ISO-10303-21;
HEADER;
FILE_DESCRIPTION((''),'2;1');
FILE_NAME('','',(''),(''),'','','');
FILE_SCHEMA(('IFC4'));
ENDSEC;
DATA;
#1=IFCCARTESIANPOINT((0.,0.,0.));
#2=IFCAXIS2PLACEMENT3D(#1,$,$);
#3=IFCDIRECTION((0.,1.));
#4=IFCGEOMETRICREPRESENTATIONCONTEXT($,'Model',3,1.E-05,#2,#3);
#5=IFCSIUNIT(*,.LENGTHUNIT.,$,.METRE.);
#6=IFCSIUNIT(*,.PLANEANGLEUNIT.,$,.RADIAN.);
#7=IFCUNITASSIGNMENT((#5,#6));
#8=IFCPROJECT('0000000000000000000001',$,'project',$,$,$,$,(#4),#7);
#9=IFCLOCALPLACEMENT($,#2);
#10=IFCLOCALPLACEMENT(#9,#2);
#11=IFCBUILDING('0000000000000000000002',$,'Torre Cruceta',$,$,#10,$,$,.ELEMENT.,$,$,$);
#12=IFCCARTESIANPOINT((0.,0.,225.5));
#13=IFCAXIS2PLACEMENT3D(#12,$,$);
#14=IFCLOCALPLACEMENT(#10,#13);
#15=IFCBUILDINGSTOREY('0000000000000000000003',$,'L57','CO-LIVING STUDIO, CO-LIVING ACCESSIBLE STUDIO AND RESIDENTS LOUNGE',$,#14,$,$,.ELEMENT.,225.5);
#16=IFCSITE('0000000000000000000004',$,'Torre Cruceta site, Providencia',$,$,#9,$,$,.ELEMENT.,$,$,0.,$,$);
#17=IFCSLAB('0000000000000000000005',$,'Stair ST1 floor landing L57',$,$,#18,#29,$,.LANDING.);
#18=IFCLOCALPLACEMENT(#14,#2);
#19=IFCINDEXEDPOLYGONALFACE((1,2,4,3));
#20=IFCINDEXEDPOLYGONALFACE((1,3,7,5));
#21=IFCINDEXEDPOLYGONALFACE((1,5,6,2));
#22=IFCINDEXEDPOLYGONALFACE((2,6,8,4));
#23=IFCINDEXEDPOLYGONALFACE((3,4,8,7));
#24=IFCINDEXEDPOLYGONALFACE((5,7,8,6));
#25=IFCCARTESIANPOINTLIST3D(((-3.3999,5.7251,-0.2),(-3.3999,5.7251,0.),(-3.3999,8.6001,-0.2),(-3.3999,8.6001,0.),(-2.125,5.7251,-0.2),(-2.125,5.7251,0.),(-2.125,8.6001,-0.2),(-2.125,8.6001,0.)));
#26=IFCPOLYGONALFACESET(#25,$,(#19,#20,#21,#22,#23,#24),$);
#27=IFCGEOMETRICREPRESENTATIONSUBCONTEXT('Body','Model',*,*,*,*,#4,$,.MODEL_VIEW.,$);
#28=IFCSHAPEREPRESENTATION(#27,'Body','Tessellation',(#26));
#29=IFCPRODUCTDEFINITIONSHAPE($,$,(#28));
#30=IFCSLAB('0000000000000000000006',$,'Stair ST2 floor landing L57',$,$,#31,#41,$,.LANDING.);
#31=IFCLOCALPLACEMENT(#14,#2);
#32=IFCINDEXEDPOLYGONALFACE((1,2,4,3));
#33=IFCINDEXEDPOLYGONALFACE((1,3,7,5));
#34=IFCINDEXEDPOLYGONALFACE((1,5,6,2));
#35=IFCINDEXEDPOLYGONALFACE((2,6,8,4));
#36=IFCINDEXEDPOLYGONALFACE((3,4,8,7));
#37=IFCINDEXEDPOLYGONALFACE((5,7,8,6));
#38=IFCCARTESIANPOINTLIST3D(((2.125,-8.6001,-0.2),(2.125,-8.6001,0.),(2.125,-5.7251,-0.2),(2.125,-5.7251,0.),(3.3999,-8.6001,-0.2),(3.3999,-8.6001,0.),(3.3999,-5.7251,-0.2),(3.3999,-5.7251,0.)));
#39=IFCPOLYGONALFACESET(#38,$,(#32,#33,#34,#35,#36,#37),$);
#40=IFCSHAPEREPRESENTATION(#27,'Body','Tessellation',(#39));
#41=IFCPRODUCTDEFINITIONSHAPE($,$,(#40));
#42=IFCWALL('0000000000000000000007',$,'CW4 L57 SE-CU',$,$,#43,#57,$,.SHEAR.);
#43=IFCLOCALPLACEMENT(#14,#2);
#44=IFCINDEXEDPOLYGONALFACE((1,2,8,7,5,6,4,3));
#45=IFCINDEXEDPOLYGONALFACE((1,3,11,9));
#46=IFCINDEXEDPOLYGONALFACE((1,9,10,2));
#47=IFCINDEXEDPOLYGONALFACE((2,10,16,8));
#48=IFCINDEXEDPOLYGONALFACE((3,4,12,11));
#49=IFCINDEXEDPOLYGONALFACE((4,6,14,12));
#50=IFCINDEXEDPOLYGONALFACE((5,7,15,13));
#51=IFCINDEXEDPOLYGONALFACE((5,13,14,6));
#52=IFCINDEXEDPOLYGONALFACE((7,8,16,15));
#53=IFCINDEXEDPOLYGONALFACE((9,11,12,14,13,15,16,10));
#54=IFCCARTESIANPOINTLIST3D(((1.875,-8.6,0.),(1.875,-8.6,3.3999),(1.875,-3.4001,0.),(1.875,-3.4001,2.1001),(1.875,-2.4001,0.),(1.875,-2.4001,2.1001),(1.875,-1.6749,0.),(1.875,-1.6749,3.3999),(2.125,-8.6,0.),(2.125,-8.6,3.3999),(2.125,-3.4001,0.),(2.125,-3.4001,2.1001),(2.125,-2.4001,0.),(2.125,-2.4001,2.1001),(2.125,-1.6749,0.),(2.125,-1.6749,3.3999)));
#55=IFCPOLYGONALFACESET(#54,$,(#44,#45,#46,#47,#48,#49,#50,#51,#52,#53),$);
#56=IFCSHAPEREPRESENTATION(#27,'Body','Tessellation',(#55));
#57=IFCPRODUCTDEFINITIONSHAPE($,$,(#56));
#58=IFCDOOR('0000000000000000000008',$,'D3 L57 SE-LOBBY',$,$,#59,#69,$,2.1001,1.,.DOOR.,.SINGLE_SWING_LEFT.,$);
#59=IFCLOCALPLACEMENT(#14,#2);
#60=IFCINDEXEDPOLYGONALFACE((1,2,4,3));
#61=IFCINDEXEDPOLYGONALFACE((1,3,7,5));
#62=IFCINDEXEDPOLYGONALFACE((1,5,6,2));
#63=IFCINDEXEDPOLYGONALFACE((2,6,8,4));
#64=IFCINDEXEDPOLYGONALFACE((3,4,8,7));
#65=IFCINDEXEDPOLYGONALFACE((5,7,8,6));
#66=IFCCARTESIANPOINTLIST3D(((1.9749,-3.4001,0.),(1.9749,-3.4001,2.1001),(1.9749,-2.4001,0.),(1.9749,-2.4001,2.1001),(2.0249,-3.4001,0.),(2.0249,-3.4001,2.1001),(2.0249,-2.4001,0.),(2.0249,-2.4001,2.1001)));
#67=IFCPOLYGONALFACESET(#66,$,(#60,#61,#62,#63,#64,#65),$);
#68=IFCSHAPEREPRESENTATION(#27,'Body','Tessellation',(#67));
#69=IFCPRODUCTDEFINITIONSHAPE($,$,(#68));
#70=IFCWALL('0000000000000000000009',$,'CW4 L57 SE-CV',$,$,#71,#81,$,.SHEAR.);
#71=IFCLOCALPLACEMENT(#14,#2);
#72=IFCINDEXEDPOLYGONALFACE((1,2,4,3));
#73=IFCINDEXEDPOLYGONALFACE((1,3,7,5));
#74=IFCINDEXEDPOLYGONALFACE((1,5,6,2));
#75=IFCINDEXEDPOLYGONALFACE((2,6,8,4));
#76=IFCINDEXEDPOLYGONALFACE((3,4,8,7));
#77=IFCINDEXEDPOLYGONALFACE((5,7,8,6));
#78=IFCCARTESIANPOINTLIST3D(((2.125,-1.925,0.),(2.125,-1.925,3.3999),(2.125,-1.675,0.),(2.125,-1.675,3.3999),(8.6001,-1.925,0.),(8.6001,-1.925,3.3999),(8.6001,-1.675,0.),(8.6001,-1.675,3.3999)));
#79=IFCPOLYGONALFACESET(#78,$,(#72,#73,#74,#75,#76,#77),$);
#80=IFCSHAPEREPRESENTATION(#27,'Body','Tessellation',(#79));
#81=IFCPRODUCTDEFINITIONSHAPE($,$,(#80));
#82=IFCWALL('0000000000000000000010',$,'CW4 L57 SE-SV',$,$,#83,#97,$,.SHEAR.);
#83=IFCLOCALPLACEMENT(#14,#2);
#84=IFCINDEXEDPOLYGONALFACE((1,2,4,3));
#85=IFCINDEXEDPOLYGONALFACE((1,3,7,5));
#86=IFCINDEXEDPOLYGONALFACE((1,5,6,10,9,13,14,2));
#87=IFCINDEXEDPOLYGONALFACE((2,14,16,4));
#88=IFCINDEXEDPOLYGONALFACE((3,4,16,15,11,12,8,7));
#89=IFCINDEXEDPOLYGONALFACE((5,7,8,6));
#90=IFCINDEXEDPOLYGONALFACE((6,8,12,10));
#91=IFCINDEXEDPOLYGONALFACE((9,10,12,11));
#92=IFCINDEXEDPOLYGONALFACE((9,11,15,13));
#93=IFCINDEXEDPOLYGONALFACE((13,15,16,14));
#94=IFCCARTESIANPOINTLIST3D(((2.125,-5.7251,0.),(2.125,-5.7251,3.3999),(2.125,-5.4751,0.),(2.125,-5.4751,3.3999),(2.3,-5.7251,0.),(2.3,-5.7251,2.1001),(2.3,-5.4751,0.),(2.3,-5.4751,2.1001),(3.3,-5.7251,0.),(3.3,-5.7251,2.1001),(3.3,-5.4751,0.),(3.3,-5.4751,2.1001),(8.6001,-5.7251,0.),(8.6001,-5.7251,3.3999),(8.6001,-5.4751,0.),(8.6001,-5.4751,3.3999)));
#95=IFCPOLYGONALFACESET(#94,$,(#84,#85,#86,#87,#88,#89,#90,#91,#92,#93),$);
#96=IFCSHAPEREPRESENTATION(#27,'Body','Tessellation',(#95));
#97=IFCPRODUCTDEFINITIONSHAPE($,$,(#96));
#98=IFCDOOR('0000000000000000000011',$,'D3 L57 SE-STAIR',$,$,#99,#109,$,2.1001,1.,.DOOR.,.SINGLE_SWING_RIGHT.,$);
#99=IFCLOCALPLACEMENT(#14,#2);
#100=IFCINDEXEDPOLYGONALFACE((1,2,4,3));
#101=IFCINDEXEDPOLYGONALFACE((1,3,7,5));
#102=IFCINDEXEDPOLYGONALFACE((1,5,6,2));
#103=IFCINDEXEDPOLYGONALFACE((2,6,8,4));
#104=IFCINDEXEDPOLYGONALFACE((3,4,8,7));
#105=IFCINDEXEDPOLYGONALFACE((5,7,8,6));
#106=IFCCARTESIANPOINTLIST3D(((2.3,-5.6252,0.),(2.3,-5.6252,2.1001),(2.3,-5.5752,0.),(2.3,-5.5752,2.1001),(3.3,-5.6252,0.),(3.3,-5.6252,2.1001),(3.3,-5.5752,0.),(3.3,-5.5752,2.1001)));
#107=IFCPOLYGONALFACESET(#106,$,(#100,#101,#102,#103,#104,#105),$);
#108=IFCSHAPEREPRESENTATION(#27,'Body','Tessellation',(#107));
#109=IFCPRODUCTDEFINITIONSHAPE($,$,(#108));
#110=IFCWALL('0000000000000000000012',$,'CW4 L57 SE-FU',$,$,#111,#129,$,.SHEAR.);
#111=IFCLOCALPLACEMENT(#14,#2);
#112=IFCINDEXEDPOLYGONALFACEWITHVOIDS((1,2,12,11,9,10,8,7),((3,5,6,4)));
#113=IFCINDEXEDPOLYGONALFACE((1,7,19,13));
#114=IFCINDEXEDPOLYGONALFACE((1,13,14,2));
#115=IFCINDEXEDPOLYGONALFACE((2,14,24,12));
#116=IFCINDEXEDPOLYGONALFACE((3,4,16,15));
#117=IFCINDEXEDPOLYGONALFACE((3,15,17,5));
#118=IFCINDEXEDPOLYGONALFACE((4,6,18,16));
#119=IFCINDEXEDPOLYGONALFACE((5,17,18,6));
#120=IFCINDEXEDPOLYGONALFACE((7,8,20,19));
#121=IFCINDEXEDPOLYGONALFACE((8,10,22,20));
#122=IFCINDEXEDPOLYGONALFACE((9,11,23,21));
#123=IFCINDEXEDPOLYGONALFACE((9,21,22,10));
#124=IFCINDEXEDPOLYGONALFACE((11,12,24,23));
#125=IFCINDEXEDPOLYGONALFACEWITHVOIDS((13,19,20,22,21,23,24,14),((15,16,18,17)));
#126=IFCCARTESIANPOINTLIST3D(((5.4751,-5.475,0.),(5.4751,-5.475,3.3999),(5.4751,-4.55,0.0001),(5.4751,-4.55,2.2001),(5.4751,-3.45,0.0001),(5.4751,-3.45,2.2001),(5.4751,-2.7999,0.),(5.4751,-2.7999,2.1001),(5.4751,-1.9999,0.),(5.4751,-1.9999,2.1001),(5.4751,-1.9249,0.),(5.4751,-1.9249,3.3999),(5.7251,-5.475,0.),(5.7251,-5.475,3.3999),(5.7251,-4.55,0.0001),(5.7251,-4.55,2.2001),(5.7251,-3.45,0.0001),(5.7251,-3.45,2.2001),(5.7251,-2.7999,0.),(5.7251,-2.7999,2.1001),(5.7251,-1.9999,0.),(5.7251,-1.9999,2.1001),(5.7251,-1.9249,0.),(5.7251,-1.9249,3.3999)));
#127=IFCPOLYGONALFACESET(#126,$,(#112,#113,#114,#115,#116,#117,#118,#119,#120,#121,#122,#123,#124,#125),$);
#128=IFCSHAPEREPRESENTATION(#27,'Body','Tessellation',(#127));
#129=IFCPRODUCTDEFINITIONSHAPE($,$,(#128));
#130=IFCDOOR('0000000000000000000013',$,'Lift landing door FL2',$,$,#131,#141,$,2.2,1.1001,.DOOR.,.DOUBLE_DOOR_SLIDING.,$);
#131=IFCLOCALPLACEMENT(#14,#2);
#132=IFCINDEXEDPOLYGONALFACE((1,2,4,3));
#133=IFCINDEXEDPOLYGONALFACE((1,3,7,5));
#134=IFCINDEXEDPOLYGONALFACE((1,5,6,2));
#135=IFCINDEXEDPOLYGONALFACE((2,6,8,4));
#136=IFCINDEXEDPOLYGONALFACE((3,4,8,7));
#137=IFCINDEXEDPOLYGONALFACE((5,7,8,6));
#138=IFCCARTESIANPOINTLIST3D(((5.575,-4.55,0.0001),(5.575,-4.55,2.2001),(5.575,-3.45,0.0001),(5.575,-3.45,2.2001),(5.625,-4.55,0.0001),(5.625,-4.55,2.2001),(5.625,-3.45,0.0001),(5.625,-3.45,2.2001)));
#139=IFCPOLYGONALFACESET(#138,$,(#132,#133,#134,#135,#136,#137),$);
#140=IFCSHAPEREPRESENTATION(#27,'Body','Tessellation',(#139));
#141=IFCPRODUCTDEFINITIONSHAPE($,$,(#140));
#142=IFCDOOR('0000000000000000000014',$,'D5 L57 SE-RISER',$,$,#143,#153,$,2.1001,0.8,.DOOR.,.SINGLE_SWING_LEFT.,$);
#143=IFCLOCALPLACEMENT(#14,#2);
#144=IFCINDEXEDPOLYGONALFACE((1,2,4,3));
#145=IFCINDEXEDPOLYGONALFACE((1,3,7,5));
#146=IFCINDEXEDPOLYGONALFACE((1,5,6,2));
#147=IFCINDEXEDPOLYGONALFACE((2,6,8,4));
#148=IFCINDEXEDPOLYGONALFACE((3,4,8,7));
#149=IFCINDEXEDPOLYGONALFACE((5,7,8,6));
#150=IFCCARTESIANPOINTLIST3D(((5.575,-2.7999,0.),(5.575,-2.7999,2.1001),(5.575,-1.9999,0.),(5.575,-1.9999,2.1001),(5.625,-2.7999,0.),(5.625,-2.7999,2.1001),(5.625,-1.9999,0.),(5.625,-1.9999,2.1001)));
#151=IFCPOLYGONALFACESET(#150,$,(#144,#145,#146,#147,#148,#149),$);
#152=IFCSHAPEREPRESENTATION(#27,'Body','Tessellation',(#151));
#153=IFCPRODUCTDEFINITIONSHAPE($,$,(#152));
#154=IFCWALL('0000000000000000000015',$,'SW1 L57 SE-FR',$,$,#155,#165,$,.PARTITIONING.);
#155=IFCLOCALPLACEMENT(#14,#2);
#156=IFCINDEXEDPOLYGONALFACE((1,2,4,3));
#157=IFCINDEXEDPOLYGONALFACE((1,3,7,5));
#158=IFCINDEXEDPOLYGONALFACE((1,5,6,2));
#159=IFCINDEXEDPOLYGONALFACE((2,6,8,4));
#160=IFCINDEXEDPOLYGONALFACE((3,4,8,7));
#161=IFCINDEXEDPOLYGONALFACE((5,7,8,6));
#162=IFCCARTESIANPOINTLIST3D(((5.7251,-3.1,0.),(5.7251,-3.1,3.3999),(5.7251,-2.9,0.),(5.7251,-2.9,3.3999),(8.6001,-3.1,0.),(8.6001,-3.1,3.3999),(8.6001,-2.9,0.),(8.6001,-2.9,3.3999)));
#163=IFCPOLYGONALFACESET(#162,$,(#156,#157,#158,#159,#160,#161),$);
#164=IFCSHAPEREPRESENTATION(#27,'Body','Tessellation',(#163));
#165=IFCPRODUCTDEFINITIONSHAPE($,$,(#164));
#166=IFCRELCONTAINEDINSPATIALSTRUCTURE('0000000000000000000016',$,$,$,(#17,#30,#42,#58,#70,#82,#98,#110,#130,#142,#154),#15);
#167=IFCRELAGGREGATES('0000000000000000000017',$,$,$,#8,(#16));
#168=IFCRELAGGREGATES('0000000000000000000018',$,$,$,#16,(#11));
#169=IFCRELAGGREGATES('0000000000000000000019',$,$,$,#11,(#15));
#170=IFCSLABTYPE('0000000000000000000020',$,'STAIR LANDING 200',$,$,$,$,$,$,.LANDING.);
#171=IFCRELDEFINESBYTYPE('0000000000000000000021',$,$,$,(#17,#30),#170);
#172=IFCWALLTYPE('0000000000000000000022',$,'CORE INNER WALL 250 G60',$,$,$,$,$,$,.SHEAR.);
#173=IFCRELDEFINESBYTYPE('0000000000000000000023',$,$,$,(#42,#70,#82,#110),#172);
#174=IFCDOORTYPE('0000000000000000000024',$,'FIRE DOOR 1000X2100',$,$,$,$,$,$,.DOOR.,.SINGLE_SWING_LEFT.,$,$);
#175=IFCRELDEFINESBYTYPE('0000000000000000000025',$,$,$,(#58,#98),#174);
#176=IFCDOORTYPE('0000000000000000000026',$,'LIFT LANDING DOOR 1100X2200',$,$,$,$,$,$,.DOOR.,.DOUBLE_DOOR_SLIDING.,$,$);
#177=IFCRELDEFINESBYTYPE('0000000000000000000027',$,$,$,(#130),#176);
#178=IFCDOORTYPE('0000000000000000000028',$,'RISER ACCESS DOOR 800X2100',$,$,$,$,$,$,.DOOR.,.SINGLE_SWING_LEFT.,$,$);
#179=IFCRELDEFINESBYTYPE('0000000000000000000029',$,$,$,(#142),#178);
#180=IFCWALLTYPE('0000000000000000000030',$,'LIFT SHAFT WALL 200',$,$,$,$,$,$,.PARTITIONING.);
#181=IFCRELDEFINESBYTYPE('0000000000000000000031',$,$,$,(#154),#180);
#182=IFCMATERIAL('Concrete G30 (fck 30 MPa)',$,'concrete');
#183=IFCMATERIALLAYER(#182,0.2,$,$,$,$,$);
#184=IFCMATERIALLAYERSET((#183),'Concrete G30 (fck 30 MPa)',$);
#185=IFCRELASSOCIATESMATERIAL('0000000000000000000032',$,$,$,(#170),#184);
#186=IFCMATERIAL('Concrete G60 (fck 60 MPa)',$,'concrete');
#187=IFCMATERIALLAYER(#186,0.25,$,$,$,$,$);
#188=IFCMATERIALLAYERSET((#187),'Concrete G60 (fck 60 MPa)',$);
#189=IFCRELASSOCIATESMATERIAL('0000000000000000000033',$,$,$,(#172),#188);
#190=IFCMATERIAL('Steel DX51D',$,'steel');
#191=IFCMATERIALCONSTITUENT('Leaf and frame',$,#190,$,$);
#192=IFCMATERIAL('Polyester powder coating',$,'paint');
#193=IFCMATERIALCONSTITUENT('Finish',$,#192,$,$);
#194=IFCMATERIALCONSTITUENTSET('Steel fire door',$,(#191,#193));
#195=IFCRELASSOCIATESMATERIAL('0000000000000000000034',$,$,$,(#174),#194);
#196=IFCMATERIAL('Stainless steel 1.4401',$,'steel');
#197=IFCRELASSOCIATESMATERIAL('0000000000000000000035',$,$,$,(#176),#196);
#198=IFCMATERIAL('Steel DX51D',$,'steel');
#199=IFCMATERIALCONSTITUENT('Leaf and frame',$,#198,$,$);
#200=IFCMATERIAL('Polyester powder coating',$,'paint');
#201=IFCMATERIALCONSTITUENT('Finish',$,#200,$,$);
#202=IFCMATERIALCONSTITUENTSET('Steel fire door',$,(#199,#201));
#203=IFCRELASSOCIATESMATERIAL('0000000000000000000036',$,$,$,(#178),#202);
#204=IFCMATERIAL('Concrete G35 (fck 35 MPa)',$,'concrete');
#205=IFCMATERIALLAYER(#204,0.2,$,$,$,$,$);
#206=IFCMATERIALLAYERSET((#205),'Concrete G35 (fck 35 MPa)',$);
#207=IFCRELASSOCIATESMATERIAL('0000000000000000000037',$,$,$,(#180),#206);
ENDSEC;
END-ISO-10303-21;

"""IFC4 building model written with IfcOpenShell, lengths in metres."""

from ifc_helpers import new_model, si_unit, direction, frame, frame_2d, origin, place, context, subcontext, project, spatial, polyline, rectangle, outline, extrude, material, layer, layer_set, constituent, constituent_set, type_object, element, fill, save


model = new_model("IFC4")

# Units and contexts
model_context = context("Model", 3, precision=1e-05, world=origin(), true_north=direction((0.0, 1.0)))
body_context = subcontext(model_context, "Body", "Model", "MODEL_VIEW")
ifc_project = project(units=[si_unit("LENGTHUNIT", "METRE"), si_unit("PLANEANGLEUNIT", "RADIAN")], contexts=[model_context])

# Site, building, storey
site_placement = place(None, origin())
site = spatial("IfcSite", under=ifc_project, at=site_placement, Name="Torre Cruceta site, Providencia", CompositionType="ELEMENT", RefElevation=0.0)
building_placement = place(site_placement, origin())
building = spatial("IfcBuilding", under=site, at=building_placement, Name="Torre Cruceta", CompositionType="ELEMENT")
storey_placement = place(building_placement, frame((0.0, 0.0, 225.5)))
storey = spatial("IfcBuildingStorey", under=building, at=storey_placement, Name="L57", Description="CO-LIVING STUDIO, CO-LIVING ACCESSIBLE STUDIO AND RESIDENTS LOUNGE", CompositionType="ELEMENT", Elevation=225.5)

# Shared definitions
ifc_material_1 = material(Name="Concrete G30 (fck 30 MPa)", Category="concrete")
ifc_layer_1 = layer(ifc_material_1, 0.2)
ifc_layer_set_1 = layer_set([ifc_layer_1], Name="Concrete G30 (fck 30 MPa)")
slab_type_1 = type_object("IfcSlabType", Name="STAIR LANDING 200", PredefinedType="LANDING", material=ifc_layer_set_1)

# Slabs
slab_1_placement = place(storey_placement, frame((0.0, 0.0, -0.2)))
element("IfcSlab", 1, at=slab_1_placement, inside=storey, type_object=slab_type_1, Name="Stair ST1 floor landing L57", PredefinedType="LANDING", context=body_context, shape_type="SweptSolid", body=[
    extrude(outline(polyline([(-2.125, 8.6001), (-2.125, 5.7251), (-3.3999, 5.7251), (-3.3999, 8.6001), (-2.125, 8.6001)])), origin(), (0.0, 0.0, 1.0), 0.2),
])
slab_2_placement = place(storey_placement, frame((0.0, 0.0, -0.2)))
element("IfcSlab", 2, at=slab_2_placement, inside=storey, type_object=slab_type_1, Name="Stair ST2 floor landing L57", PredefinedType="LANDING", context=body_context, shape_type="SweptSolid", body=[
    extrude(outline(polyline([(2.125, -8.6001), (2.125, -5.7251), (3.3999, -5.7251), (3.3999, -8.6001), (2.125, -8.6001)])), origin(), (0.0, 0.0, 1.0), 0.2),
])

# Wall, opening, door
ifc_material_2 = material(Name="Concrete G60 (fck 60 MPa)", Category="concrete")
ifc_layer_2 = layer(ifc_material_2, 0.25)
ifc_layer_set_2 = layer_set([ifc_layer_2], Name="Concrete G60 (fck 60 MPa)")
wall_type_1 = type_object("IfcWallType", Name="CORE INNER WALL 250 G60", PredefinedType="SHEAR", material=ifc_layer_set_2)
wall_1_placement = place(storey_placement, frame((2.0, -1.675, 0.0), z_axis=(0.0, 0.0, 1.0), x_axis=(0.0, -1.0, 0.0)))
wall_1 = element("IfcWall", 3, at=wall_1_placement, inside=storey, type_object=wall_type_1, Name="CW4 L57 SE-CU", PredefinedType="SHEAR", context=body_context, shape_type="SweptSolid", body=[
    extrude(rectangle(XDim=6.925, YDim=0.25, at=frame_2d((3.4624, 0.0))), origin(), (0.0, 0.0, 1.0), 3.3999),
])
opening_1_placement = place(wall_1_placement, frame((0.7251, 0.0, 0.0)))
opening_1 = element("IfcOpeningElement", 4, at=opening_1_placement, cuts=wall_1, PredefinedType="OPENING", context=body_context, shape_type="SweptSolid", body=[
    extrude(rectangle(XDim=1.0, YDim=2.1001, at=frame_2d((0.5, 1.05))), frame((0.0, 0.135, 0.0), z_axis=(0.0, -1.0, 0.0), x_axis=(1.0, 0.0, 0.0)), (0.0, 0.0, 1.0), 0.27),
])
ifc_material_3 = material(Name="Steel DX51D", Category="steel")
ifc_constituent_1 = constituent(ifc_material_3, Name="Leaf and frame")
ifc_material_4 = material(Name="Polyester powder coating", Category="paint")
ifc_constituent_2 = constituent(ifc_material_4, Name="Finish")
ifc_constituent_set_1 = constituent_set(constituents=[ifc_constituent_1, ifc_constituent_2], Name="Steel fire door")
door_type_1 = type_object("IfcDoorType", Name="FIRE DOOR 1000X2100", OperationType="SINGLE_SWING_LEFT", PredefinedType="DOOR", material=ifc_constituent_set_1)
door_1_placement = place(opening_1_placement, origin())
door_1 = element("IfcDoor", 5, at=door_1_placement, inside=storey, type_object=door_type_1, Name="D3 L57 SE-LOBBY", OperationType="SINGLE_SWING_LEFT", OverallHeight=2.1001, OverallWidth=1.0, PredefinedType="DOOR", context=body_context, shape_type="SweptSolid", body=[
    extrude(rectangle(XDim=1.0, YDim=2.1001, at=frame_2d((0.5, 1.05))), frame((0.0, 0.0249, 0.0), z_axis=(0.0, -1.0, 0.0), x_axis=(1.0, 0.0, 0.0)), (0.0, 0.0, 1.0), 0.05),
])
fill(opening_1, door_1)

# Wall
wall_2_placement = place(storey_placement, frame((2.125, -1.8, 0.0), z_axis=(0.0, 0.0, 1.0), x_axis=(1.0, 0.0, 0.0)))
element("IfcWall", 6, at=wall_2_placement, inside=storey, type_object=wall_type_1, Name="CW4 L57 SE-CV", PredefinedType="SHEAR", context=body_context, shape_type="SweptSolid", body=[
    extrude(rectangle(XDim=6.4751, YDim=0.25, at=frame_2d((3.2375, 0.0))), origin(), (0.0, 0.0, 1.0), 3.3999),
])

# Wall, opening, door
wall_3_placement = place(storey_placement, frame((2.125, -5.6001, 0.0), z_axis=(0.0, 0.0, 1.0), x_axis=(1.0, 0.0, 0.0)))
wall_3 = element("IfcWall", 7, at=wall_3_placement, inside=storey, type_object=wall_type_1, Name="CW4 L57 SE-SV", PredefinedType="SHEAR", context=body_context, shape_type="SweptSolid", body=[
    extrude(rectangle(XDim=6.4751, YDim=0.25, at=frame_2d((3.2375, 0.0))), origin(), (0.0, 0.0, 1.0), 3.3999),
])
opening_2_placement = place(wall_3_placement, frame((0.175, 0.0, 0.0)))
opening_2 = element("IfcOpeningElement", 8, at=opening_2_placement, cuts=wall_3, PredefinedType="OPENING", context=body_context, shape_type="SweptSolid", body=[
    extrude(rectangle(XDim=1.0, YDim=2.1001, at=frame_2d((0.5, 1.05))), frame((0.0, 0.135, 0.0), z_axis=(0.0, -1.0, 0.0), x_axis=(1.0, 0.0, 0.0)), (0.0, 0.0, 1.0), 0.27),
])
door_2_placement = place(opening_2_placement, frame((1.0, 0.0, 0.0), z_axis=(0.0, 0.0, 1.0), x_axis=(-1.0, 0.0, 0.0)))
door_2 = element("IfcDoor", 9, at=door_2_placement, inside=storey, type_object=door_type_1, Name="D3 L57 SE-STAIR", OperationType="SINGLE_SWING_RIGHT", OverallHeight=2.1001, OverallWidth=1.0, PredefinedType="DOOR", context=body_context, shape_type="SweptSolid", body=[
    extrude(rectangle(XDim=1.0, YDim=2.1001, at=frame_2d((0.5, 1.05))), frame((0.0, 0.0251, 0.0), z_axis=(0.0, -1.0, 0.0), x_axis=(1.0, 0.0, 0.0)), (0.0, 0.0, 1.0), 0.05),
])
fill(opening_2, door_2)

# Wall, openings, doors
wall_4_placement = place(storey_placement, frame((5.6001, -1.925, 0.0), z_axis=(0.0, 0.0, 1.0), x_axis=(0.0, -1.0, 0.0)))
wall_4 = element("IfcWall", 10, at=wall_4_placement, inside=storey, type_object=wall_type_1, Name="CW4 L57 SE-FU", PredefinedType="SHEAR", context=body_context, shape_type="SweptSolid", body=[
    extrude(rectangle(XDim=3.55, YDim=0.25, at=frame_2d((1.7749, 0.0))), origin(), (0.0, 0.0, 1.0), 3.3999),
])
opening_3_placement = place(wall_4_placement, frame((1.5249, 0.0, 0.0)))
opening_3 = element("IfcOpeningElement", 11, at=opening_3_placement, cuts=wall_4, PredefinedType="OPENING", context=body_context, shape_type="SweptSolid", body=[
    extrude(rectangle(XDim=1.1001, YDim=2.2, at=frame_2d((0.55, 1.1001))), frame((0.0, 0.135, 0.0), z_axis=(0.0, -1.0, 0.0), x_axis=(1.0, 0.0, 0.0)), (0.0, 0.0, 1.0), 0.27),
])
opening_4_placement = place(wall_4_placement, frame((0.075, 0.0, 0.0)))
opening_4 = element("IfcOpeningElement", 12, at=opening_4_placement, cuts=wall_4, PredefinedType="OPENING", context=body_context, shape_type="SweptSolid", body=[
    extrude(rectangle(XDim=0.8, YDim=2.1001, at=frame_2d((0.3999, 1.05))), frame((0.0, 0.135, 0.0), z_axis=(0.0, -1.0, 0.0), x_axis=(1.0, 0.0, 0.0)), (0.0, 0.0, 1.0), 0.27),
])
ifc_material_5 = material(Name="Stainless steel 1.4401", Category="steel")
door_type_2 = type_object("IfcDoorType", Name="LIFT LANDING DOOR 1100X2200", OperationType="DOUBLE_DOOR_SLIDING", PredefinedType="DOOR", material=ifc_material_5)
door_3_placement = place(opening_3_placement, origin())
door_3 = element("IfcDoor", 13, at=door_3_placement, inside=storey, type_object=door_type_2, Name="Lift landing door FL2", OperationType="DOUBLE_DOOR_SLIDING", OverallHeight=2.2, OverallWidth=1.1001, PredefinedType="DOOR", context=body_context, shape_type="SweptSolid", body=[
    extrude(rectangle(XDim=1.1001, YDim=2.2, at=frame_2d((0.55, 1.1001))), frame((0.0, 0.0249, 0.0), z_axis=(0.0, -1.0, 0.0), x_axis=(1.0, 0.0, 0.0)), (0.0, 0.0, 1.0), 0.05),
])
fill(opening_3, door_3)
ifc_material_6 = material(Name="Steel DX51D", Category="steel")
ifc_constituent_3 = constituent(ifc_material_6, Name="Leaf and frame")
ifc_material_7 = material(Name="Polyester powder coating", Category="paint")
ifc_constituent_4 = constituent(ifc_material_7, Name="Finish")
ifc_constituent_set_2 = constituent_set(constituents=[ifc_constituent_3, ifc_constituent_4], Name="Steel fire door")
door_type_3 = type_object("IfcDoorType", Name="RISER ACCESS DOOR 800X2100", OperationType="SINGLE_SWING_LEFT", PredefinedType="DOOR", material=ifc_constituent_set_2)
door_4_placement = place(opening_4_placement, origin())
door_4 = element("IfcDoor", 14, at=door_4_placement, inside=storey, type_object=door_type_3, Name="D5 L57 SE-RISER", OperationType="SINGLE_SWING_LEFT", OverallHeight=2.1001, OverallWidth=0.8, PredefinedType="DOOR", context=body_context, shape_type="SweptSolid", body=[
    extrude(rectangle(XDim=0.8, YDim=2.1001, at=frame_2d((0.3999, 1.05))), frame((0.0, 0.0249, 0.0), z_axis=(0.0, -1.0, 0.0), x_axis=(1.0, 0.0, 0.0)), (0.0, 0.0, 1.0), 0.05),
])
fill(opening_4, door_4)

# Wall
ifc_material_8 = material(Name="Concrete G35 (fck 35 MPa)", Category="concrete")
ifc_layer_3 = layer(ifc_material_8, 0.2)
ifc_layer_set_3 = layer_set([ifc_layer_3], Name="Concrete G35 (fck 35 MPa)")
wall_type_2 = type_object("IfcWallType", Name="LIFT SHAFT WALL 200", PredefinedType="PARTITIONING", material=ifc_layer_set_3)
wall_5_placement = place(storey_placement, frame((5.7251, -3.0, 0.0), z_axis=(0.0, 0.0, 1.0), x_axis=(1.0, 0.0, 0.0)))
element("IfcWall", 15, at=wall_5_placement, inside=storey, type_object=wall_type_2, Name="SW1 L57 SE-FR", PredefinedType="PARTITIONING", context=body_context, shape_type="SweptSolid", body=[
    extrude(rectangle(XDim=2.875, YDim=0.2, at=frame_2d((1.4375, 0.0))), origin(), (0.0, 0.0, 1.0), 3.3999),
])

save(model, "model.ifc")
